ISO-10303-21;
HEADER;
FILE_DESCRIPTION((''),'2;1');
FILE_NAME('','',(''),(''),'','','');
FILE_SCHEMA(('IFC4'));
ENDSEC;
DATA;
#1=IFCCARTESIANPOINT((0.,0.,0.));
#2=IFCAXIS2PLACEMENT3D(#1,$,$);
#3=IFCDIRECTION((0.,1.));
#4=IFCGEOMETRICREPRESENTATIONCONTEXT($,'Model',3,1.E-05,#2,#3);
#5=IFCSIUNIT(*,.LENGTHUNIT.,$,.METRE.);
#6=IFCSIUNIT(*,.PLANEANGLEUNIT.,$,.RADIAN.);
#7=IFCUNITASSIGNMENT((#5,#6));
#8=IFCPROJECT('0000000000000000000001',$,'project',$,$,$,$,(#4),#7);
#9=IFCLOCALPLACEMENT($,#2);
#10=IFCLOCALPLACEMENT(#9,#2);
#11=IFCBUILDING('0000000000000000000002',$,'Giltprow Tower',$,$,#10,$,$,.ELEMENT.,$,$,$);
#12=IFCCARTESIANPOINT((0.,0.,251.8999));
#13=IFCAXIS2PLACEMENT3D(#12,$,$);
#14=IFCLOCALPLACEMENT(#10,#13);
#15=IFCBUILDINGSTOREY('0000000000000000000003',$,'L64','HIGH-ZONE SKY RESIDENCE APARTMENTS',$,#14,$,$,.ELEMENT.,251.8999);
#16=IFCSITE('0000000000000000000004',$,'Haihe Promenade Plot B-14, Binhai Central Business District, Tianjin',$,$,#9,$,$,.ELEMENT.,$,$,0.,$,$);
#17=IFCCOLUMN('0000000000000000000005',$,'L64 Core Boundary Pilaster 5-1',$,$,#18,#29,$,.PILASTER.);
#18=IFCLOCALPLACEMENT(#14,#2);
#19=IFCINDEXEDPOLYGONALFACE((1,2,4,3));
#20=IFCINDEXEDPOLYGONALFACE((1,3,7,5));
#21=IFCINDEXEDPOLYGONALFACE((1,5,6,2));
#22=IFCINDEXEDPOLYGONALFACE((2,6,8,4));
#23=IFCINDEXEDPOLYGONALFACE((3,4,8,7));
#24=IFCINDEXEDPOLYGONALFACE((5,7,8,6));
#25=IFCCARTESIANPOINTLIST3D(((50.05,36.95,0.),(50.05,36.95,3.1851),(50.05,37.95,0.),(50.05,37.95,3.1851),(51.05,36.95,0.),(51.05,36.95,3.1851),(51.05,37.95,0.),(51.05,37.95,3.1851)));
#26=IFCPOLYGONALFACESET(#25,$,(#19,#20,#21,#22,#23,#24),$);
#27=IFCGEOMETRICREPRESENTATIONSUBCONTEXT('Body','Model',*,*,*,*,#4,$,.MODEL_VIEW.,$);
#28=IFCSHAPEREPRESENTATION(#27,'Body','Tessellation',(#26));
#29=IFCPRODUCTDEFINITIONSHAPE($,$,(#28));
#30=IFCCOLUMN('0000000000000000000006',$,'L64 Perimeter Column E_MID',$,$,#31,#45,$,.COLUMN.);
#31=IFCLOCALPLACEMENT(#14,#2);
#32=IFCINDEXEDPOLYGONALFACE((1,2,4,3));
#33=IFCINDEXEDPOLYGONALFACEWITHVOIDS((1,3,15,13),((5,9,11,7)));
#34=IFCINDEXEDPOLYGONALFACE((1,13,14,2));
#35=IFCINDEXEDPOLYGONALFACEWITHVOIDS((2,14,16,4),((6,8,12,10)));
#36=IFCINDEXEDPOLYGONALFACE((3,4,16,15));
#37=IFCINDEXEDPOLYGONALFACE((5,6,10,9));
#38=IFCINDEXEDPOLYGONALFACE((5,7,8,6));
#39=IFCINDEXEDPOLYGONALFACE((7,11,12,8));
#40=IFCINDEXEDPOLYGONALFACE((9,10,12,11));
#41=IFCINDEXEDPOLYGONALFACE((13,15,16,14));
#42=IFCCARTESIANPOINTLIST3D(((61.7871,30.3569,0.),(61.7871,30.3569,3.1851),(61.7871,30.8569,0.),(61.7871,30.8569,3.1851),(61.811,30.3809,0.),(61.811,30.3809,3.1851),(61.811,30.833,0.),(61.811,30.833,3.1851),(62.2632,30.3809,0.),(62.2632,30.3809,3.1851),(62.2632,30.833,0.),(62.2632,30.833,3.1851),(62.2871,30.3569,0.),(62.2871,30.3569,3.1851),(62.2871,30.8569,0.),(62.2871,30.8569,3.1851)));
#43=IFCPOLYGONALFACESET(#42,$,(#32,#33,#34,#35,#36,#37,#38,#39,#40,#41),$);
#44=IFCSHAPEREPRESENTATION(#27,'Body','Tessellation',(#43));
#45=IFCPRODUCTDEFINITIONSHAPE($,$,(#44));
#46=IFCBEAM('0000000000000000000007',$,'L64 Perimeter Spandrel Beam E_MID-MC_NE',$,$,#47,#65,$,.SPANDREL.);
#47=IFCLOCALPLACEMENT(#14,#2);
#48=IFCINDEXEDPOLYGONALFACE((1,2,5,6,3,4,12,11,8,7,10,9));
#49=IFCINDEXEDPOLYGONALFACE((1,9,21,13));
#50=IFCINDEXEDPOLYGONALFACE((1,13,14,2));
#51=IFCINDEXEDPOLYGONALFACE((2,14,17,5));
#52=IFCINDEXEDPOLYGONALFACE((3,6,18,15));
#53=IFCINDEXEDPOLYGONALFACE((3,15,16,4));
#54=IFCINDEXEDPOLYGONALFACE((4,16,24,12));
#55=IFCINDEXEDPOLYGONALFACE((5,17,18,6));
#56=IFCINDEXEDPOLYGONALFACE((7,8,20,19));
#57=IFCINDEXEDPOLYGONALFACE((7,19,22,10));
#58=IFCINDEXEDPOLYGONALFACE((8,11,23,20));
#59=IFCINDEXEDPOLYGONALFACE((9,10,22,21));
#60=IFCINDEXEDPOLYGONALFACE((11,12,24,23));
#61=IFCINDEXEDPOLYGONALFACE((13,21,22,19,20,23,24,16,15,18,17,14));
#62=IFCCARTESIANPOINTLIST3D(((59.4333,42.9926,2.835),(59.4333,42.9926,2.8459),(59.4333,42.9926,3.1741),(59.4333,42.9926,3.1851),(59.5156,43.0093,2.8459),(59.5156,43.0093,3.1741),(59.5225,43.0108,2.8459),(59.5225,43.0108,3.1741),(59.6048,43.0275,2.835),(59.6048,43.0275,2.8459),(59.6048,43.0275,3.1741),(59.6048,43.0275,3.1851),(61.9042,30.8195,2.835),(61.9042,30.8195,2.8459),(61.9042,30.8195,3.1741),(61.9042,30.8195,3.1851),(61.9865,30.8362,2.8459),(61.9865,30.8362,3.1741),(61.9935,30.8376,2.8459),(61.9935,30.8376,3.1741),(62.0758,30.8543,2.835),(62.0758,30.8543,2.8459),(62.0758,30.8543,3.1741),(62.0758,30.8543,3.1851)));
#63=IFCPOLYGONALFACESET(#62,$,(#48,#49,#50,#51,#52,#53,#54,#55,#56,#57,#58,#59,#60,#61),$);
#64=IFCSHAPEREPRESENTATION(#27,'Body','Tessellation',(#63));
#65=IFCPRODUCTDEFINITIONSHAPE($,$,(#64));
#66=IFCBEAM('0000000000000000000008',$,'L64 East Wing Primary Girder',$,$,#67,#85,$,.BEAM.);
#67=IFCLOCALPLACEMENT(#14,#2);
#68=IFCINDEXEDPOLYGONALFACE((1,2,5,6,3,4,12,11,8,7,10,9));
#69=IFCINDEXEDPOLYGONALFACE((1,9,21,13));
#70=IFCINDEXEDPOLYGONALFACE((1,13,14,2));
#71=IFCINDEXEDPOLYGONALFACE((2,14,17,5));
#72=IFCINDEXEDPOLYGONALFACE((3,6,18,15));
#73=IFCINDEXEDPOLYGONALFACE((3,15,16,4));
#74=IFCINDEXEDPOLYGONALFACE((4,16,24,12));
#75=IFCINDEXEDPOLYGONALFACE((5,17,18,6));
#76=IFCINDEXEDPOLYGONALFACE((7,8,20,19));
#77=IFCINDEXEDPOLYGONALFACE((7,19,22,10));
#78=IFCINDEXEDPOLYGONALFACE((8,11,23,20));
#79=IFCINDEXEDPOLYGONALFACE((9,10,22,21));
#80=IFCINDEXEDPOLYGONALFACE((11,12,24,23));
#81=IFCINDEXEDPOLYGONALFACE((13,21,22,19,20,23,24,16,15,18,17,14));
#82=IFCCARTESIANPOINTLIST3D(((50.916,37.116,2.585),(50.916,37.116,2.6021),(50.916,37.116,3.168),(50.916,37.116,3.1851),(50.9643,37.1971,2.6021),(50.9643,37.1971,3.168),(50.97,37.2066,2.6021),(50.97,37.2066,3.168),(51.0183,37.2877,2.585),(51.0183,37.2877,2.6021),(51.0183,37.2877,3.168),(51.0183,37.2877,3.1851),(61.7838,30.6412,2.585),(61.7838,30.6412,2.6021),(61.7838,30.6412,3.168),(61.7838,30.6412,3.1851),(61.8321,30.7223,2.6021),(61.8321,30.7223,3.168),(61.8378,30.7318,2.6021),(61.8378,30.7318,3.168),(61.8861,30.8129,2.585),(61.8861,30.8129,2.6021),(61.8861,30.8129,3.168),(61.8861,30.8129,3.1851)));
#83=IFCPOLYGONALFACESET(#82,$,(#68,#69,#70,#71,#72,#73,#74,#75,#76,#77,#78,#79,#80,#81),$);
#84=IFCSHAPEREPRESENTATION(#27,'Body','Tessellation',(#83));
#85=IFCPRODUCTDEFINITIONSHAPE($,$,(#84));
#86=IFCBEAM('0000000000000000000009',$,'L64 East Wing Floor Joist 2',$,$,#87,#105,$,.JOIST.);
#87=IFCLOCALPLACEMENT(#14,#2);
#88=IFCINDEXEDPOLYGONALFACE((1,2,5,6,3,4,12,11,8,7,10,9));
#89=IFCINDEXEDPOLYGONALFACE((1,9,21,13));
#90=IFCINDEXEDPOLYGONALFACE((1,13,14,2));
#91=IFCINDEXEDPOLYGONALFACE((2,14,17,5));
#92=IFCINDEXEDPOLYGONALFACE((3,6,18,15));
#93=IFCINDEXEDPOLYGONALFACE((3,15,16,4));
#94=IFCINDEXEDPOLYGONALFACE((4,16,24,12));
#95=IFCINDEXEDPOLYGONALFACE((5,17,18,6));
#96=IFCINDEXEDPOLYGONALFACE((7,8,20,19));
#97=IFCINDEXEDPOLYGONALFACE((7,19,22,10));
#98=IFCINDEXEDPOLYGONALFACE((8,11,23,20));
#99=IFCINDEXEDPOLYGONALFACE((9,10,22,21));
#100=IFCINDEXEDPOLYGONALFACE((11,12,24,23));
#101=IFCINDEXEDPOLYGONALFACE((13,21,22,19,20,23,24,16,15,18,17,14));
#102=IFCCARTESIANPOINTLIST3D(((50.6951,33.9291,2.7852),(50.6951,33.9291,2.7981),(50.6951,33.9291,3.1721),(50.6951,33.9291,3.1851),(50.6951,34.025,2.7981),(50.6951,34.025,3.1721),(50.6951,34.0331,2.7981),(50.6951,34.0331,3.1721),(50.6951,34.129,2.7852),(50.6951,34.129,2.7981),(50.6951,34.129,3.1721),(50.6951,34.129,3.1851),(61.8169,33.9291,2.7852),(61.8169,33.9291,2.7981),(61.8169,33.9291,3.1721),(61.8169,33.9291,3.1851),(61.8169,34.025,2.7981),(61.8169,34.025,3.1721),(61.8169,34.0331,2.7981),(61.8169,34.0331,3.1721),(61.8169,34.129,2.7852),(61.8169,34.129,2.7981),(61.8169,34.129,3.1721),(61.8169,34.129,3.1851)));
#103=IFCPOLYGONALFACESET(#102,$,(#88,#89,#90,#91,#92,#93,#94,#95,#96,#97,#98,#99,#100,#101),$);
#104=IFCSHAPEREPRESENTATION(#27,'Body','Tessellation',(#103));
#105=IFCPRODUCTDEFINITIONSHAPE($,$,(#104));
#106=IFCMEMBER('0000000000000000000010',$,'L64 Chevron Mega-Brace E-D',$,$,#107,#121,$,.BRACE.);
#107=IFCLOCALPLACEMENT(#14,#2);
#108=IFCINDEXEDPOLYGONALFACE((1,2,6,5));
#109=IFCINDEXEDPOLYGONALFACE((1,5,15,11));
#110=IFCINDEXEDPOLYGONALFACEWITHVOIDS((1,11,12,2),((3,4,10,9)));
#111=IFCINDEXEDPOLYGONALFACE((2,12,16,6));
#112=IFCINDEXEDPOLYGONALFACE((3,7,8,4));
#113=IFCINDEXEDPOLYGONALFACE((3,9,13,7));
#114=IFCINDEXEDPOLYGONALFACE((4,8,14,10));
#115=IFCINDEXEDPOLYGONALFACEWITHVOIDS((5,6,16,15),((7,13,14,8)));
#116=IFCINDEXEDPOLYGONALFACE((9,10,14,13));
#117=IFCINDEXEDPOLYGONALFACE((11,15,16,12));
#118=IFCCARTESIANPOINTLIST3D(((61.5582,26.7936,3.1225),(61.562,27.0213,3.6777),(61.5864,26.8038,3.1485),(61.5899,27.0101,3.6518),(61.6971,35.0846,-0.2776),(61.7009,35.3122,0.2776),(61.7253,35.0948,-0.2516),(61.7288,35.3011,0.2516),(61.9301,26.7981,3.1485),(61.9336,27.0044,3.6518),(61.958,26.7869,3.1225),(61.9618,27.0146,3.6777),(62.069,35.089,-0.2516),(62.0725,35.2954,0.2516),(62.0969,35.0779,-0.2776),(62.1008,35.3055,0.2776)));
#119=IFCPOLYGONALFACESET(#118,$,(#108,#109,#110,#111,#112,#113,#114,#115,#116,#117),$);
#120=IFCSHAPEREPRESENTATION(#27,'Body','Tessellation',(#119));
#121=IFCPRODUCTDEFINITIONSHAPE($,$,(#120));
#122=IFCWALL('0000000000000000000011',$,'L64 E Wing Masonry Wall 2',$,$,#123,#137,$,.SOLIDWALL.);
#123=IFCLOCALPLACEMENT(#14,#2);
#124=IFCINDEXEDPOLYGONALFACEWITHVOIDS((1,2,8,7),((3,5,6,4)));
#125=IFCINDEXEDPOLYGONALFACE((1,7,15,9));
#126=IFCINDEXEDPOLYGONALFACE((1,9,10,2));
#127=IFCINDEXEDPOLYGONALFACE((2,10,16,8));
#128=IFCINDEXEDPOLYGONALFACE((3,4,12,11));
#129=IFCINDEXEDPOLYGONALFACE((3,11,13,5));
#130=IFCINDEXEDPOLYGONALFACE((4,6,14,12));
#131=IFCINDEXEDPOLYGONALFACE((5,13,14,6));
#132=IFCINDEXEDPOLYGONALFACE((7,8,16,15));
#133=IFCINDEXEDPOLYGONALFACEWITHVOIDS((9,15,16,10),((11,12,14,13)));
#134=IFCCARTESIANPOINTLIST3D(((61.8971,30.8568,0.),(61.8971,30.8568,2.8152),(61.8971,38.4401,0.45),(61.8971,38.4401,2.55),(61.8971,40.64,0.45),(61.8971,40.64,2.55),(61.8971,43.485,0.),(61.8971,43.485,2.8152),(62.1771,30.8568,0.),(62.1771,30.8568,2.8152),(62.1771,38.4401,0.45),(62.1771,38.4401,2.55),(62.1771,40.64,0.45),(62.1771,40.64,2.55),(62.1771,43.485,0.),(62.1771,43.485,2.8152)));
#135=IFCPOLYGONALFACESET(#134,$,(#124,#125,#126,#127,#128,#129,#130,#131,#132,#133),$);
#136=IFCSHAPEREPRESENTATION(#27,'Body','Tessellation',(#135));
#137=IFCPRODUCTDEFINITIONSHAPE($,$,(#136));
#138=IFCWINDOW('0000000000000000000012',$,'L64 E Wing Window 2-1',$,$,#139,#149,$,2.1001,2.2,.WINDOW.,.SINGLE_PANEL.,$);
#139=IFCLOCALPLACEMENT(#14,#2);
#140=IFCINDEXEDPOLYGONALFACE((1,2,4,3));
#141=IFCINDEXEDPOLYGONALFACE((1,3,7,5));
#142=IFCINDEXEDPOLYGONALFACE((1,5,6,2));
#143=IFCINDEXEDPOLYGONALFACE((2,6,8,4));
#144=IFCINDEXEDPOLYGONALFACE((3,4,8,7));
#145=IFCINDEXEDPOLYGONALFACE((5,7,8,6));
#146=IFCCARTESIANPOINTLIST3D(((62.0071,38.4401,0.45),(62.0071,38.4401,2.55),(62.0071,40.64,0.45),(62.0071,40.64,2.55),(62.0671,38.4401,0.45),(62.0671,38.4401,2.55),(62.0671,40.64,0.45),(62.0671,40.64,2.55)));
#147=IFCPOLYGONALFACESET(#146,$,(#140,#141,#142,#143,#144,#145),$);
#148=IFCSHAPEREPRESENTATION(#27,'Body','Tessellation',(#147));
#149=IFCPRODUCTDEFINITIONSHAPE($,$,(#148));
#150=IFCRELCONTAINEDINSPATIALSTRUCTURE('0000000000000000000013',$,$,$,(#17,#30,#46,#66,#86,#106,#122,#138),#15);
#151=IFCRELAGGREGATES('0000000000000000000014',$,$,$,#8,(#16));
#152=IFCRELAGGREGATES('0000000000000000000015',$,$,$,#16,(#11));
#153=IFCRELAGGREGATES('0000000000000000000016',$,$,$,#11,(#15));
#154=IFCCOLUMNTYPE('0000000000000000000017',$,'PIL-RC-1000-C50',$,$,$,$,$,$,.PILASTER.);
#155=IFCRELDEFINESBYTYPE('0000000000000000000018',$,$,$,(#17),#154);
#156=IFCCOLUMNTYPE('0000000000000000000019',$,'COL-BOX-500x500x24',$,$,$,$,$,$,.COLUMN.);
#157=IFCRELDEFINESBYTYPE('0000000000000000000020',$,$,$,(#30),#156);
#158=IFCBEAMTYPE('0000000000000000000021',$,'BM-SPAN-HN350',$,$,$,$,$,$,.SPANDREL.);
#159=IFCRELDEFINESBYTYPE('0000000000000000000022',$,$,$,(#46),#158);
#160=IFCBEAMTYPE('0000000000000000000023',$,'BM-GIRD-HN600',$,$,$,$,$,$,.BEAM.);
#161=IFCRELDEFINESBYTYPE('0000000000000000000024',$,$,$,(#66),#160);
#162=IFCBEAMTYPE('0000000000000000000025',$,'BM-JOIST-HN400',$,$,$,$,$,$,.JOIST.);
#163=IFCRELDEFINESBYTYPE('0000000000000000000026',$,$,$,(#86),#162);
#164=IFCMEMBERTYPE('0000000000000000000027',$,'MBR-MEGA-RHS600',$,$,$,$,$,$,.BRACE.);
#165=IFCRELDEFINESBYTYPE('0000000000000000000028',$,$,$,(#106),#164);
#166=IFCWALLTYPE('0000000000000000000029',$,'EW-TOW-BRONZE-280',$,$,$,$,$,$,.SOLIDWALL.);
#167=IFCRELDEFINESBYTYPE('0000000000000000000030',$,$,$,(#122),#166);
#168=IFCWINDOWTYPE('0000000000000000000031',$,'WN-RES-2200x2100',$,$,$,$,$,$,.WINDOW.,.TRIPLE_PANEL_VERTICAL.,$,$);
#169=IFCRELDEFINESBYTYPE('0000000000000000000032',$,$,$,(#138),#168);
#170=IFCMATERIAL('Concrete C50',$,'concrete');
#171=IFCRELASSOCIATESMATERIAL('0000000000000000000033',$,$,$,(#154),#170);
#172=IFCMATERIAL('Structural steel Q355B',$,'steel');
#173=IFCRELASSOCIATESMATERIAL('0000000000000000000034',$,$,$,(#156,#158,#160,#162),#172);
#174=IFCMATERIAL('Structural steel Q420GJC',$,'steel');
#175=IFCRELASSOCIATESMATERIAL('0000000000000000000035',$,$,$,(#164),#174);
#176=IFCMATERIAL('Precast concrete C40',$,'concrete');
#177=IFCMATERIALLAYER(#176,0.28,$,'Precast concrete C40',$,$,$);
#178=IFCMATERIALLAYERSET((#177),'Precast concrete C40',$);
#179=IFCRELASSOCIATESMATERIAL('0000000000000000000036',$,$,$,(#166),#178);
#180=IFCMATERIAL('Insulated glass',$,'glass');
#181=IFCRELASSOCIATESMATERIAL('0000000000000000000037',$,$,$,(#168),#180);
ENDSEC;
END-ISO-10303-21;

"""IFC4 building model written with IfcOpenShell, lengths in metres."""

from ifc_helpers import new_model, si_unit, direction, frame, frame_2d, origin, origin_2d, place, context, subcontext, project, spatial, rectangle, hollow_rectangle, i_section, extrude, source, transform, mapped, material, layer, layer_set, material_profile, profile_set, type_object, element, fill, save


model = new_model("IFC4")

# Units and contexts
model_context = context("Model", 3, precision=1e-05, world=origin(), true_north=direction((0.0, 1.0)))
body_context = subcontext(model_context, "Body", "Model", "MODEL_VIEW")
ifc_project = project(units=[si_unit("LENGTHUNIT", "METRE"), si_unit("PLANEANGLEUNIT", "RADIAN")], contexts=[model_context])

# Site, building, storey
site_placement = place(None, origin())
site = spatial("IfcSite", under=ifc_project, at=site_placement, Name="Haihe Promenade Plot B-14, Binhai Central Business District, Tianjin", CompositionType="ELEMENT", RefElevation=0.0)
building_placement = place(site_placement, origin())
building = spatial("IfcBuilding", under=site, at=building_placement, Name="Giltprow Tower", CompositionType="ELEMENT")
storey_placement = place(building_placement, frame((0.0, 0.0, 251.8999)))
storey = spatial("IfcBuildingStorey", under=building, at=storey_placement, Name="L64", Description="HIGH-ZONE SKY RESIDENCE APARTMENTS", CompositionType="ELEMENT", Elevation=251.8999)

# Columns
ifc_material_1 = material(Name="Concrete C50", Category="concrete")
ifc_material_profile_1 = material_profile(ifc_material_1, rectangle(XDim=1.0, YDim=1.0, at=origin_2d()), Name="RC 1000x1000")
ifc_profile_set_1 = profile_set([ifc_material_profile_1], Name="Concrete C50")
column_type_1 = type_object("IfcColumnType", Name="PIL-RC-1000-C50", PredefinedType="PILASTER", material=ifc_profile_set_1)
shared_shape_1 = source(origin(), body_context, "Body", "SweptSolid", [
    extrude(rectangle(XDim=1.0, YDim=1.0, at=origin_2d()), origin(), (0.0, 0.0, 1.0), 3.1851),
])
column_1_placement = place(storey_placement, frame((50.55, 37.45, 0.0), z_axis=(0.0, 0.0, 1.0), x_axis=(1.0, 0.0, 0.0)))
element("IfcColumn", 1, at=column_1_placement, inside=storey, type_object=column_type_1, Name="L64 Core Boundary Pilaster 5-1", PredefinedType="PILASTER", context=body_context, shape_type="MappedRepresentation", body=[
    mapped(shared_shape_1, transform((0.0, 0.0, 0.0), x_axis=(1.0, 0.0, 0.0), y_axis=(0.0, 1.0, 0.0), z_axis=(0.0, 0.0, 1.0), scale=1.0)),
])
ifc_material_2 = material(Name="Structural steel Q355B", Category="steel")
ifc_material_profile_2 = material_profile(ifc_material_2, hollow_rectangle(XDim=0.5, YDim=0.5, WallThickness=0.0239, at=origin_2d()), Name="BOX 500x500x24")
ifc_profile_set_2 = profile_set([ifc_material_profile_2], Name="Structural steel Q355B")
column_type_2 = type_object("IfcColumnType", Name="COL-BOX-500x500x24", PredefinedType="COLUMN", material=ifc_profile_set_2)
shared_shape_2 = source(origin(), body_context, "Body", "SweptSolid", [
    extrude(hollow_rectangle(XDim=0.5, YDim=0.5, WallThickness=0.0239, at=origin_2d()), origin(), (0.0, 0.0, 1.0), 3.1851),
])
column_2_placement = place(storey_placement, frame((62.0371, 30.6069, 0.0), z_axis=(0.0, 0.0, 1.0), x_axis=(1.0, 0.0, 0.0)))
element("IfcColumn", 2, at=column_2_placement, inside=storey, type_object=column_type_2, Name="L64 Perimeter Column E_MID", PredefinedType="COLUMN", context=body_context, shape_type="MappedRepresentation", body=[
    mapped(shared_shape_2, transform((0.0, 0.0, 0.0), x_axis=(1.0, 0.0, 0.0), y_axis=(0.0, 1.0, 0.0), z_axis=(0.0, 0.0, 1.0), scale=1.0)),
])

# Beams
ifc_material_profile_3 = material_profile(ifc_material_2, i_section(OverallWidth=0.175, OverallDepth=0.3501, WebThickness=0.0071, FlangeThickness=0.011, at=origin_2d()), Name="HN 350x175x7x11")
ifc_profile_set_3 = profile_set([ifc_material_profile_3], Name="Structural steel Q355B")
beam_type_1 = type_object("IfcBeamType", Name="BM-SPAN-HN350", PredefinedType="SPANDREL", material=ifc_profile_set_3)
shared_shape_3 = source(origin(), body_context, "Body", "SweptSolid", [
    extrude(i_section(OverallWidth=0.175, OverallDepth=0.3501, WebThickness=0.0071, FlangeThickness=0.011, at=origin_2d()), origin(), (0.0, 0.0, 1.0), 12.4214),
])
beam_1_placement = place(storey_placement, frame((61.99, 30.8369, 3.01), z_axis=(-0.198927, 0.980014, 0.0), x_axis=(-0.980014, -0.198927, 0.0)))
element("IfcBeam", 3, at=beam_1_placement, inside=storey, type_object=beam_type_1, Name="L64 Perimeter Spandrel Beam E_MID-MC_NE", PredefinedType="SPANDREL", context=body_context, shape_type="MappedRepresentation", body=[
    mapped(shared_shape_3, transform((0.0, 0.0, 0.0), x_axis=(1.0, 0.0, 0.0), y_axis=(0.0, 1.0, 0.0), z_axis=(0.0, 0.0, 1.0), scale=1.0)),
])
ifc_material_profile_4 = material_profile(ifc_material_2, i_section(OverallWidth=0.2, OverallDepth=0.6001, WebThickness=0.011, FlangeThickness=0.0171, at=origin_2d()), Name="HN 600x200x11x17")
ifc_profile_set_4 = profile_set([ifc_material_profile_4], Name="Structural steel Q355B")
beam_type_2 = type_object("IfcBeamType", Name="BM-GIRD-HN600", PredefinedType="BEAM", material=ifc_profile_set_4)
shared_shape_4 = source(origin(), body_context, "Body", "SweptSolid", [
    extrude(i_section(OverallWidth=0.2, OverallDepth=0.6001, WebThickness=0.011, FlangeThickness=0.0171, at=origin_2d()), origin(), (0.0, 0.0, 1.0), 12.6504),
])
beam_2_placement = place(storey_placement, frame((61.835, 30.7271, 2.885), z_axis=(-0.859089, 0.511825, 0.0), x_axis=(-0.511825, -0.859089, 0.0)))
element("IfcBeam", 4, at=beam_2_placement, inside=storey, type_object=beam_type_2, Name="L64 East Wing Primary Girder", PredefinedType="BEAM", context=body_context, shape_type="MappedRepresentation", body=[
    mapped(shared_shape_4, transform((0.0, 0.0, 0.0), x_axis=(1.0, 0.0, 0.0), y_axis=(0.0, 1.0, 0.0), z_axis=(0.0, 0.0, 1.0), scale=1.0)),
])
ifc_material_profile_5 = material_profile(ifc_material_2, i_section(OverallWidth=0.2, OverallDepth=0.3999, WebThickness=0.0081, FlangeThickness=0.0129, at=origin_2d()), Name="HN 400x200x8x13")
ifc_profile_set_5 = profile_set([ifc_material_profile_5], Name="Structural steel Q355B")
beam_type_3 = type_object("IfcBeamType", Name="BM-JOIST-HN400", PredefinedType="JOIST", material=ifc_profile_set_5)
shared_shape_5 = source(origin(), body_context, "Body", "SweptSolid", [
    extrude(i_section(OverallWidth=0.2, OverallDepth=0.3999, WebThickness=0.0081, FlangeThickness=0.0129, at=origin_2d()), origin(), (0.0, 0.0, 1.0), 11.1218),
])
beam_3_placement = place(storey_placement, frame((50.6951, 34.0291, 2.9851), z_axis=(1.0, 0.0, 0.0), x_axis=(0.0, 1.0, 0.0)))
element("IfcBeam", 5, at=beam_3_placement, inside=storey, type_object=beam_type_3, Name="L64 East Wing Floor Joist 2", PredefinedType="JOIST", context=body_context, shape_type="MappedRepresentation", body=[
    mapped(shared_shape_5, transform((0.0, 0.0, 0.0), x_axis=(1.0, 0.0, 0.0), y_axis=(0.0, 1.0, 0.0), z_axis=(0.0, 0.0, 1.0), scale=1.0)),
])

# Member
ifc_material_3 = material(Name="Structural steel Q420GJC", Category="steel")
ifc_material_profile_6 = material_profile(ifc_material_3, hollow_rectangle(XDim=0.3999, YDim=0.6001, WallThickness=0.0281, at=origin_2d()), Name="RHS 600x400x28")
ifc_profile_set_6 = profile_set([ifc_material_profile_6], Name="Structural steel Q420GJC")
member_type = type_object("IfcMemberType", Name="MBR-MEGA-RHS600", PredefinedType="BRACE", material=ifc_profile_set_6)
shared_shape_6 = source(origin(), body_context, "Body", "SweptSolid", [
    extrude(hollow_rectangle(XDim=0.3999, YDim=0.6001, WallThickness=0.0281, at=origin_2d()), origin(), (0.0, 0.0, 1.0), 8.9622),
])
member_placement = place(storey_placement, frame((61.8989, 35.1951, 0.0), z_axis=(-0.0155, -0.925108, 0.379387), x_axis=(0.99986, -0.016753, 0.0)))
element("IfcMember", 6, at=member_placement, inside=storey, type_object=member_type, Name="L64 Chevron Mega-Brace E-D", PredefinedType="BRACE", context=body_context, shape_type="MappedRepresentation", body=[
    mapped(shared_shape_6, transform((0.0, 0.0, 0.0), x_axis=(1.0, 0.0, 0.0), y_axis=(0.0, 1.0, 0.0), z_axis=(0.0, 0.0, 1.0), scale=1.0)),
])

# Wall, opening, window
ifc_material_4 = material(Name="Precast concrete C40", Category="concrete")
ifc_layer_1 = layer(ifc_material_4, 0.28, Name="Precast concrete C40")
ifc_layer_set_1 = layer_set([ifc_layer_1], Name="Precast concrete C40")
wall_type_1 = type_object("IfcWallType", Name="EW-TOW-BRONZE-280", PredefinedType="SOLIDWALL", material=ifc_layer_set_1)
wall_1_placement = place(storey_placement, frame((62.0371, 30.8569, 0.0), z_axis=(0.0, 0.0, 1.0), x_axis=(0.0, 1.0, 0.0)))
wall_1 = element("IfcWall", 7, at=wall_1_placement, inside=storey, type_object=wall_type_1, Name="L64 E Wing Masonry Wall 2", PredefinedType="SOLIDWALL", context=body_context, shape_type="SweptSolid", body=[
    extrude(rectangle(XDim=12.6282, YDim=0.28, at=frame_2d((6.314, 0.0))), origin(), (0.0, 0.0, 1.0), 2.8152),
])
opening_1_placement = place(wall_1_placement, frame((7.583, 0.0, 0.45)))
opening_1 = element("IfcOpeningElement", 8, at=opening_1_placement, cuts=wall_1, PredefinedType="OPENING", context=body_context, shape_type="SweptSolid", body=[
    extrude(rectangle(XDim=2.2, YDim=2.1001, at=frame_2d((1.1001, 1.05))), frame((0.0, 0.1499, 0.0), z_axis=(0.0, -1.0, 0.0), x_axis=(1.0, 0.0, 0.0)), (0.0, 0.0, 1.0), 0.3),
])
ifc_material_5 = material(Name="Insulated glass", Category="glass")
window_type = type_object("IfcWindowType", Name="WN-RES-2200x2100", PartitioningType="TRIPLE_PANEL_VERTICAL", PredefinedType="WINDOW", material=ifc_material_5)
shared_shape_7 = source(origin(), body_context, "Body", "SweptSolid", [
    extrude(rectangle(XDim=2.2, YDim=2.1001, at=frame_2d((1.1001, 1.05))), frame((0.0, 0.03, 0.0), z_axis=(0.0, -1.0, 0.0), x_axis=(1.0, 0.0, 0.0)), (0.0, 0.0, 1.0), 0.0601),
])
window_placement = place(opening_1_placement, origin())
window = element("IfcWindow", 9, at=window_placement, inside=storey, type_object=window_type, Name="L64 E Wing Window 2-1", OverallHeight=2.1001, OverallWidth=2.2, PartitioningType="SINGLE_PANEL", PredefinedType="WINDOW", context=body_context, shape_type="MappedRepresentation", body=[
    mapped(shared_shape_7, transform((0.0, 0.0, 0.0), x_axis=(1.0, 0.0, 0.0), y_axis=(0.0, 1.0, 0.0), z_axis=(0.0, 0.0, 1.0), scale=1.0)),
])
fill(opening_1, window)

save(model, "model.ifc")
